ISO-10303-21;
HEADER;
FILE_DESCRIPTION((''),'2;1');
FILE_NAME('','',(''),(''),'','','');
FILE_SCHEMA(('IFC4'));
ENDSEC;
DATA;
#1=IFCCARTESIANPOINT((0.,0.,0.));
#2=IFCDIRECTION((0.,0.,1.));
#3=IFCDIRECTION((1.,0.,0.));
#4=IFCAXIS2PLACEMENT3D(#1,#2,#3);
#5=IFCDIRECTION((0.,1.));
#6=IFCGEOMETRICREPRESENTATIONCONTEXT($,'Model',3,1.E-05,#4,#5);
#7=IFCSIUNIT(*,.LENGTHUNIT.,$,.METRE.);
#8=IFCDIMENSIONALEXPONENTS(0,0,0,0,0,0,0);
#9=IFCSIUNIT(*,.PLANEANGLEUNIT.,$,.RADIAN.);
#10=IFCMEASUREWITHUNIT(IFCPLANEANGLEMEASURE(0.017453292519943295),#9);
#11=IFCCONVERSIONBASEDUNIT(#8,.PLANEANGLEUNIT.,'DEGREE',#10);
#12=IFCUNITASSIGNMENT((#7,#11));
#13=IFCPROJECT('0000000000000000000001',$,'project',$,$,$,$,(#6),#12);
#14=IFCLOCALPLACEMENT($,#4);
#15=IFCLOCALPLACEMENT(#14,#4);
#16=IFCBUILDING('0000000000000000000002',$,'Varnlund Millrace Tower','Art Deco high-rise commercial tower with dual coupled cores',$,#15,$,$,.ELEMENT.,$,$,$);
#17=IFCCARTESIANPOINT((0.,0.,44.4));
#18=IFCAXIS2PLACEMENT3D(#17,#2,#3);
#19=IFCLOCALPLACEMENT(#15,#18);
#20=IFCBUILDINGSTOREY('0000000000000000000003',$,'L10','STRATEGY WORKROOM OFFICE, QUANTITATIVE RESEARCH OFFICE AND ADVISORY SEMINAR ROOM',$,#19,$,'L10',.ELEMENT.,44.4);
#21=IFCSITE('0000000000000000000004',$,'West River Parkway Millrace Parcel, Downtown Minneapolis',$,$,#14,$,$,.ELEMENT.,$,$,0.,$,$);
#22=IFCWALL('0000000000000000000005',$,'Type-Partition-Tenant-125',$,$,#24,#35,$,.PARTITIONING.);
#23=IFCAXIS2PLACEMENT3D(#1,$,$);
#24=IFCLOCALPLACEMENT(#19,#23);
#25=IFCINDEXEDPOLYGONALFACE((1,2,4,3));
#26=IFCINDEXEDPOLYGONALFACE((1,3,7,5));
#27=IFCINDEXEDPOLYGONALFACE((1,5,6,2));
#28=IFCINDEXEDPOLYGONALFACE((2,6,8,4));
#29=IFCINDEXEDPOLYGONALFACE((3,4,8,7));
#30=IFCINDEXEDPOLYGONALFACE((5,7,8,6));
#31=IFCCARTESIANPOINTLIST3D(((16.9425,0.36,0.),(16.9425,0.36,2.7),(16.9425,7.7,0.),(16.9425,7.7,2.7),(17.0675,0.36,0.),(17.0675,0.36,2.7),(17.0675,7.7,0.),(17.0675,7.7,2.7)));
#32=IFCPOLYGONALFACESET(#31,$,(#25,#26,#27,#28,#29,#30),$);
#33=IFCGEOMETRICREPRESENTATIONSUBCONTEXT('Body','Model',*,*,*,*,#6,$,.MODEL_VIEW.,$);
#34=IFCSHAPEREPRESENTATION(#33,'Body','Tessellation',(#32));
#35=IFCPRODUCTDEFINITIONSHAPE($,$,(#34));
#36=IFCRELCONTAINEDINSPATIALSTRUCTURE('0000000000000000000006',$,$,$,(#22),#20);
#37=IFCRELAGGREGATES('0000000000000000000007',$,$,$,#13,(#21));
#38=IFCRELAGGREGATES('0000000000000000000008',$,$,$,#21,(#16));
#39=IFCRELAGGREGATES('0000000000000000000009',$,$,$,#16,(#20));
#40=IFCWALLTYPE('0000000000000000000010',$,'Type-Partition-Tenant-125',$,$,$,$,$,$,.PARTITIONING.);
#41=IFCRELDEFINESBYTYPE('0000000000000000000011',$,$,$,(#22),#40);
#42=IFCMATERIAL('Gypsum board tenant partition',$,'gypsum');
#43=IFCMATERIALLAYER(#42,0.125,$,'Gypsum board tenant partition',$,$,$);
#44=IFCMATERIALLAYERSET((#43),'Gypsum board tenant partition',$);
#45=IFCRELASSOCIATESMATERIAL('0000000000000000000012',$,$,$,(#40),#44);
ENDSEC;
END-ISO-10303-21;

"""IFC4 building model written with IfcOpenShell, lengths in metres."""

from ifc_helpers import new_model, entity, si_unit, converted_unit, direction, frame, origin_with_axes, place, context, subcontext, project, spatial, polyline, outline, extrude, material, layer, layer_set, type_object, element, save


model = new_model("IFC4")

# Units and contexts
model_context = context("Model", 3, precision=1e-05, world=origin_with_axes(), true_north=direction((0.0, 1.0)))
body_context = subcontext(model_context, "Body", "Model", "MODEL_VIEW")
ifc_project = project(units=[si_unit("LENGTHUNIT", "METRE"), converted_unit("PLANEANGLEUNIT", "DEGREE", entity("IfcPlaneAngleMeasure", 0.017453292519943295), si_unit("PLANEANGLEUNIT", "RADIAN"), dimensions=[0, 0, 0, 0, 0, 0, 0])], contexts=[model_context])

# Site, building, storey
site_placement = place(None, origin_with_axes())
site = spatial("IfcSite", under=ifc_project, at=site_placement, Name="West River Parkway Millrace Parcel, Downtown Minneapolis", CompositionType="ELEMENT", RefElevation=0.0)
building_placement = place(site_placement, origin_with_axes())
building = spatial("IfcBuilding", under=site, at=building_placement, Name="Varnlund Millrace Tower", Description="Art Deco high-rise commercial tower with dual coupled cores", CompositionType="ELEMENT")
storey_placement = place(building_placement, frame((0.0, 0.0, 44.4), z_axis=(0.0, 0.0, 1.0), x_axis=(1.0, 0.0, 0.0)))
storey = spatial("IfcBuildingStorey", under=building, at=storey_placement, Name="L10", Description="STRATEGY WORKROOM OFFICE, QUANTITATIVE RESEARCH OFFICE AND ADVISORY SEMINAR ROOM", LongName="L10", CompositionType="ELEMENT", Elevation=44.4)

# Wall
ifc_material_1 = material(Name="Gypsum board tenant partition", Category="gypsum")
ifc_layer_1 = layer(ifc_material_1, 0.125, Name="Gypsum board tenant partition")
ifc_layer_set_1 = layer_set([ifc_layer_1], Name="Gypsum board tenant partition")
wall_type_1 = type_object("IfcWallType", Name="Type-Partition-Tenant-125", PredefinedType="PARTITIONING", material=ifc_layer_set_1)
wall_1_placement = place(storey_placement, frame((17.005, 0.36, 0.0), z_axis=(0.0, 0.0, 1.0), x_axis=(0.0, 1.0, 0.0)))
element("IfcWall", 1, at=wall_1_placement, inside=storey, type_object=wall_type_1, Name="Type-Partition-Tenant-125", PredefinedType="PARTITIONING", context=body_context, shape_type="SweptSolid", body=[
    extrude(outline(polyline([(0.0, -0.0625), (7.34, -0.0625), (7.34, 0.0625), (0.0, 0.0625), (0.0, -0.0625)])), origin_with_axes(), (0.0, 0.0, 1.0), 2.7),
])

save(model, "model.ifc")
